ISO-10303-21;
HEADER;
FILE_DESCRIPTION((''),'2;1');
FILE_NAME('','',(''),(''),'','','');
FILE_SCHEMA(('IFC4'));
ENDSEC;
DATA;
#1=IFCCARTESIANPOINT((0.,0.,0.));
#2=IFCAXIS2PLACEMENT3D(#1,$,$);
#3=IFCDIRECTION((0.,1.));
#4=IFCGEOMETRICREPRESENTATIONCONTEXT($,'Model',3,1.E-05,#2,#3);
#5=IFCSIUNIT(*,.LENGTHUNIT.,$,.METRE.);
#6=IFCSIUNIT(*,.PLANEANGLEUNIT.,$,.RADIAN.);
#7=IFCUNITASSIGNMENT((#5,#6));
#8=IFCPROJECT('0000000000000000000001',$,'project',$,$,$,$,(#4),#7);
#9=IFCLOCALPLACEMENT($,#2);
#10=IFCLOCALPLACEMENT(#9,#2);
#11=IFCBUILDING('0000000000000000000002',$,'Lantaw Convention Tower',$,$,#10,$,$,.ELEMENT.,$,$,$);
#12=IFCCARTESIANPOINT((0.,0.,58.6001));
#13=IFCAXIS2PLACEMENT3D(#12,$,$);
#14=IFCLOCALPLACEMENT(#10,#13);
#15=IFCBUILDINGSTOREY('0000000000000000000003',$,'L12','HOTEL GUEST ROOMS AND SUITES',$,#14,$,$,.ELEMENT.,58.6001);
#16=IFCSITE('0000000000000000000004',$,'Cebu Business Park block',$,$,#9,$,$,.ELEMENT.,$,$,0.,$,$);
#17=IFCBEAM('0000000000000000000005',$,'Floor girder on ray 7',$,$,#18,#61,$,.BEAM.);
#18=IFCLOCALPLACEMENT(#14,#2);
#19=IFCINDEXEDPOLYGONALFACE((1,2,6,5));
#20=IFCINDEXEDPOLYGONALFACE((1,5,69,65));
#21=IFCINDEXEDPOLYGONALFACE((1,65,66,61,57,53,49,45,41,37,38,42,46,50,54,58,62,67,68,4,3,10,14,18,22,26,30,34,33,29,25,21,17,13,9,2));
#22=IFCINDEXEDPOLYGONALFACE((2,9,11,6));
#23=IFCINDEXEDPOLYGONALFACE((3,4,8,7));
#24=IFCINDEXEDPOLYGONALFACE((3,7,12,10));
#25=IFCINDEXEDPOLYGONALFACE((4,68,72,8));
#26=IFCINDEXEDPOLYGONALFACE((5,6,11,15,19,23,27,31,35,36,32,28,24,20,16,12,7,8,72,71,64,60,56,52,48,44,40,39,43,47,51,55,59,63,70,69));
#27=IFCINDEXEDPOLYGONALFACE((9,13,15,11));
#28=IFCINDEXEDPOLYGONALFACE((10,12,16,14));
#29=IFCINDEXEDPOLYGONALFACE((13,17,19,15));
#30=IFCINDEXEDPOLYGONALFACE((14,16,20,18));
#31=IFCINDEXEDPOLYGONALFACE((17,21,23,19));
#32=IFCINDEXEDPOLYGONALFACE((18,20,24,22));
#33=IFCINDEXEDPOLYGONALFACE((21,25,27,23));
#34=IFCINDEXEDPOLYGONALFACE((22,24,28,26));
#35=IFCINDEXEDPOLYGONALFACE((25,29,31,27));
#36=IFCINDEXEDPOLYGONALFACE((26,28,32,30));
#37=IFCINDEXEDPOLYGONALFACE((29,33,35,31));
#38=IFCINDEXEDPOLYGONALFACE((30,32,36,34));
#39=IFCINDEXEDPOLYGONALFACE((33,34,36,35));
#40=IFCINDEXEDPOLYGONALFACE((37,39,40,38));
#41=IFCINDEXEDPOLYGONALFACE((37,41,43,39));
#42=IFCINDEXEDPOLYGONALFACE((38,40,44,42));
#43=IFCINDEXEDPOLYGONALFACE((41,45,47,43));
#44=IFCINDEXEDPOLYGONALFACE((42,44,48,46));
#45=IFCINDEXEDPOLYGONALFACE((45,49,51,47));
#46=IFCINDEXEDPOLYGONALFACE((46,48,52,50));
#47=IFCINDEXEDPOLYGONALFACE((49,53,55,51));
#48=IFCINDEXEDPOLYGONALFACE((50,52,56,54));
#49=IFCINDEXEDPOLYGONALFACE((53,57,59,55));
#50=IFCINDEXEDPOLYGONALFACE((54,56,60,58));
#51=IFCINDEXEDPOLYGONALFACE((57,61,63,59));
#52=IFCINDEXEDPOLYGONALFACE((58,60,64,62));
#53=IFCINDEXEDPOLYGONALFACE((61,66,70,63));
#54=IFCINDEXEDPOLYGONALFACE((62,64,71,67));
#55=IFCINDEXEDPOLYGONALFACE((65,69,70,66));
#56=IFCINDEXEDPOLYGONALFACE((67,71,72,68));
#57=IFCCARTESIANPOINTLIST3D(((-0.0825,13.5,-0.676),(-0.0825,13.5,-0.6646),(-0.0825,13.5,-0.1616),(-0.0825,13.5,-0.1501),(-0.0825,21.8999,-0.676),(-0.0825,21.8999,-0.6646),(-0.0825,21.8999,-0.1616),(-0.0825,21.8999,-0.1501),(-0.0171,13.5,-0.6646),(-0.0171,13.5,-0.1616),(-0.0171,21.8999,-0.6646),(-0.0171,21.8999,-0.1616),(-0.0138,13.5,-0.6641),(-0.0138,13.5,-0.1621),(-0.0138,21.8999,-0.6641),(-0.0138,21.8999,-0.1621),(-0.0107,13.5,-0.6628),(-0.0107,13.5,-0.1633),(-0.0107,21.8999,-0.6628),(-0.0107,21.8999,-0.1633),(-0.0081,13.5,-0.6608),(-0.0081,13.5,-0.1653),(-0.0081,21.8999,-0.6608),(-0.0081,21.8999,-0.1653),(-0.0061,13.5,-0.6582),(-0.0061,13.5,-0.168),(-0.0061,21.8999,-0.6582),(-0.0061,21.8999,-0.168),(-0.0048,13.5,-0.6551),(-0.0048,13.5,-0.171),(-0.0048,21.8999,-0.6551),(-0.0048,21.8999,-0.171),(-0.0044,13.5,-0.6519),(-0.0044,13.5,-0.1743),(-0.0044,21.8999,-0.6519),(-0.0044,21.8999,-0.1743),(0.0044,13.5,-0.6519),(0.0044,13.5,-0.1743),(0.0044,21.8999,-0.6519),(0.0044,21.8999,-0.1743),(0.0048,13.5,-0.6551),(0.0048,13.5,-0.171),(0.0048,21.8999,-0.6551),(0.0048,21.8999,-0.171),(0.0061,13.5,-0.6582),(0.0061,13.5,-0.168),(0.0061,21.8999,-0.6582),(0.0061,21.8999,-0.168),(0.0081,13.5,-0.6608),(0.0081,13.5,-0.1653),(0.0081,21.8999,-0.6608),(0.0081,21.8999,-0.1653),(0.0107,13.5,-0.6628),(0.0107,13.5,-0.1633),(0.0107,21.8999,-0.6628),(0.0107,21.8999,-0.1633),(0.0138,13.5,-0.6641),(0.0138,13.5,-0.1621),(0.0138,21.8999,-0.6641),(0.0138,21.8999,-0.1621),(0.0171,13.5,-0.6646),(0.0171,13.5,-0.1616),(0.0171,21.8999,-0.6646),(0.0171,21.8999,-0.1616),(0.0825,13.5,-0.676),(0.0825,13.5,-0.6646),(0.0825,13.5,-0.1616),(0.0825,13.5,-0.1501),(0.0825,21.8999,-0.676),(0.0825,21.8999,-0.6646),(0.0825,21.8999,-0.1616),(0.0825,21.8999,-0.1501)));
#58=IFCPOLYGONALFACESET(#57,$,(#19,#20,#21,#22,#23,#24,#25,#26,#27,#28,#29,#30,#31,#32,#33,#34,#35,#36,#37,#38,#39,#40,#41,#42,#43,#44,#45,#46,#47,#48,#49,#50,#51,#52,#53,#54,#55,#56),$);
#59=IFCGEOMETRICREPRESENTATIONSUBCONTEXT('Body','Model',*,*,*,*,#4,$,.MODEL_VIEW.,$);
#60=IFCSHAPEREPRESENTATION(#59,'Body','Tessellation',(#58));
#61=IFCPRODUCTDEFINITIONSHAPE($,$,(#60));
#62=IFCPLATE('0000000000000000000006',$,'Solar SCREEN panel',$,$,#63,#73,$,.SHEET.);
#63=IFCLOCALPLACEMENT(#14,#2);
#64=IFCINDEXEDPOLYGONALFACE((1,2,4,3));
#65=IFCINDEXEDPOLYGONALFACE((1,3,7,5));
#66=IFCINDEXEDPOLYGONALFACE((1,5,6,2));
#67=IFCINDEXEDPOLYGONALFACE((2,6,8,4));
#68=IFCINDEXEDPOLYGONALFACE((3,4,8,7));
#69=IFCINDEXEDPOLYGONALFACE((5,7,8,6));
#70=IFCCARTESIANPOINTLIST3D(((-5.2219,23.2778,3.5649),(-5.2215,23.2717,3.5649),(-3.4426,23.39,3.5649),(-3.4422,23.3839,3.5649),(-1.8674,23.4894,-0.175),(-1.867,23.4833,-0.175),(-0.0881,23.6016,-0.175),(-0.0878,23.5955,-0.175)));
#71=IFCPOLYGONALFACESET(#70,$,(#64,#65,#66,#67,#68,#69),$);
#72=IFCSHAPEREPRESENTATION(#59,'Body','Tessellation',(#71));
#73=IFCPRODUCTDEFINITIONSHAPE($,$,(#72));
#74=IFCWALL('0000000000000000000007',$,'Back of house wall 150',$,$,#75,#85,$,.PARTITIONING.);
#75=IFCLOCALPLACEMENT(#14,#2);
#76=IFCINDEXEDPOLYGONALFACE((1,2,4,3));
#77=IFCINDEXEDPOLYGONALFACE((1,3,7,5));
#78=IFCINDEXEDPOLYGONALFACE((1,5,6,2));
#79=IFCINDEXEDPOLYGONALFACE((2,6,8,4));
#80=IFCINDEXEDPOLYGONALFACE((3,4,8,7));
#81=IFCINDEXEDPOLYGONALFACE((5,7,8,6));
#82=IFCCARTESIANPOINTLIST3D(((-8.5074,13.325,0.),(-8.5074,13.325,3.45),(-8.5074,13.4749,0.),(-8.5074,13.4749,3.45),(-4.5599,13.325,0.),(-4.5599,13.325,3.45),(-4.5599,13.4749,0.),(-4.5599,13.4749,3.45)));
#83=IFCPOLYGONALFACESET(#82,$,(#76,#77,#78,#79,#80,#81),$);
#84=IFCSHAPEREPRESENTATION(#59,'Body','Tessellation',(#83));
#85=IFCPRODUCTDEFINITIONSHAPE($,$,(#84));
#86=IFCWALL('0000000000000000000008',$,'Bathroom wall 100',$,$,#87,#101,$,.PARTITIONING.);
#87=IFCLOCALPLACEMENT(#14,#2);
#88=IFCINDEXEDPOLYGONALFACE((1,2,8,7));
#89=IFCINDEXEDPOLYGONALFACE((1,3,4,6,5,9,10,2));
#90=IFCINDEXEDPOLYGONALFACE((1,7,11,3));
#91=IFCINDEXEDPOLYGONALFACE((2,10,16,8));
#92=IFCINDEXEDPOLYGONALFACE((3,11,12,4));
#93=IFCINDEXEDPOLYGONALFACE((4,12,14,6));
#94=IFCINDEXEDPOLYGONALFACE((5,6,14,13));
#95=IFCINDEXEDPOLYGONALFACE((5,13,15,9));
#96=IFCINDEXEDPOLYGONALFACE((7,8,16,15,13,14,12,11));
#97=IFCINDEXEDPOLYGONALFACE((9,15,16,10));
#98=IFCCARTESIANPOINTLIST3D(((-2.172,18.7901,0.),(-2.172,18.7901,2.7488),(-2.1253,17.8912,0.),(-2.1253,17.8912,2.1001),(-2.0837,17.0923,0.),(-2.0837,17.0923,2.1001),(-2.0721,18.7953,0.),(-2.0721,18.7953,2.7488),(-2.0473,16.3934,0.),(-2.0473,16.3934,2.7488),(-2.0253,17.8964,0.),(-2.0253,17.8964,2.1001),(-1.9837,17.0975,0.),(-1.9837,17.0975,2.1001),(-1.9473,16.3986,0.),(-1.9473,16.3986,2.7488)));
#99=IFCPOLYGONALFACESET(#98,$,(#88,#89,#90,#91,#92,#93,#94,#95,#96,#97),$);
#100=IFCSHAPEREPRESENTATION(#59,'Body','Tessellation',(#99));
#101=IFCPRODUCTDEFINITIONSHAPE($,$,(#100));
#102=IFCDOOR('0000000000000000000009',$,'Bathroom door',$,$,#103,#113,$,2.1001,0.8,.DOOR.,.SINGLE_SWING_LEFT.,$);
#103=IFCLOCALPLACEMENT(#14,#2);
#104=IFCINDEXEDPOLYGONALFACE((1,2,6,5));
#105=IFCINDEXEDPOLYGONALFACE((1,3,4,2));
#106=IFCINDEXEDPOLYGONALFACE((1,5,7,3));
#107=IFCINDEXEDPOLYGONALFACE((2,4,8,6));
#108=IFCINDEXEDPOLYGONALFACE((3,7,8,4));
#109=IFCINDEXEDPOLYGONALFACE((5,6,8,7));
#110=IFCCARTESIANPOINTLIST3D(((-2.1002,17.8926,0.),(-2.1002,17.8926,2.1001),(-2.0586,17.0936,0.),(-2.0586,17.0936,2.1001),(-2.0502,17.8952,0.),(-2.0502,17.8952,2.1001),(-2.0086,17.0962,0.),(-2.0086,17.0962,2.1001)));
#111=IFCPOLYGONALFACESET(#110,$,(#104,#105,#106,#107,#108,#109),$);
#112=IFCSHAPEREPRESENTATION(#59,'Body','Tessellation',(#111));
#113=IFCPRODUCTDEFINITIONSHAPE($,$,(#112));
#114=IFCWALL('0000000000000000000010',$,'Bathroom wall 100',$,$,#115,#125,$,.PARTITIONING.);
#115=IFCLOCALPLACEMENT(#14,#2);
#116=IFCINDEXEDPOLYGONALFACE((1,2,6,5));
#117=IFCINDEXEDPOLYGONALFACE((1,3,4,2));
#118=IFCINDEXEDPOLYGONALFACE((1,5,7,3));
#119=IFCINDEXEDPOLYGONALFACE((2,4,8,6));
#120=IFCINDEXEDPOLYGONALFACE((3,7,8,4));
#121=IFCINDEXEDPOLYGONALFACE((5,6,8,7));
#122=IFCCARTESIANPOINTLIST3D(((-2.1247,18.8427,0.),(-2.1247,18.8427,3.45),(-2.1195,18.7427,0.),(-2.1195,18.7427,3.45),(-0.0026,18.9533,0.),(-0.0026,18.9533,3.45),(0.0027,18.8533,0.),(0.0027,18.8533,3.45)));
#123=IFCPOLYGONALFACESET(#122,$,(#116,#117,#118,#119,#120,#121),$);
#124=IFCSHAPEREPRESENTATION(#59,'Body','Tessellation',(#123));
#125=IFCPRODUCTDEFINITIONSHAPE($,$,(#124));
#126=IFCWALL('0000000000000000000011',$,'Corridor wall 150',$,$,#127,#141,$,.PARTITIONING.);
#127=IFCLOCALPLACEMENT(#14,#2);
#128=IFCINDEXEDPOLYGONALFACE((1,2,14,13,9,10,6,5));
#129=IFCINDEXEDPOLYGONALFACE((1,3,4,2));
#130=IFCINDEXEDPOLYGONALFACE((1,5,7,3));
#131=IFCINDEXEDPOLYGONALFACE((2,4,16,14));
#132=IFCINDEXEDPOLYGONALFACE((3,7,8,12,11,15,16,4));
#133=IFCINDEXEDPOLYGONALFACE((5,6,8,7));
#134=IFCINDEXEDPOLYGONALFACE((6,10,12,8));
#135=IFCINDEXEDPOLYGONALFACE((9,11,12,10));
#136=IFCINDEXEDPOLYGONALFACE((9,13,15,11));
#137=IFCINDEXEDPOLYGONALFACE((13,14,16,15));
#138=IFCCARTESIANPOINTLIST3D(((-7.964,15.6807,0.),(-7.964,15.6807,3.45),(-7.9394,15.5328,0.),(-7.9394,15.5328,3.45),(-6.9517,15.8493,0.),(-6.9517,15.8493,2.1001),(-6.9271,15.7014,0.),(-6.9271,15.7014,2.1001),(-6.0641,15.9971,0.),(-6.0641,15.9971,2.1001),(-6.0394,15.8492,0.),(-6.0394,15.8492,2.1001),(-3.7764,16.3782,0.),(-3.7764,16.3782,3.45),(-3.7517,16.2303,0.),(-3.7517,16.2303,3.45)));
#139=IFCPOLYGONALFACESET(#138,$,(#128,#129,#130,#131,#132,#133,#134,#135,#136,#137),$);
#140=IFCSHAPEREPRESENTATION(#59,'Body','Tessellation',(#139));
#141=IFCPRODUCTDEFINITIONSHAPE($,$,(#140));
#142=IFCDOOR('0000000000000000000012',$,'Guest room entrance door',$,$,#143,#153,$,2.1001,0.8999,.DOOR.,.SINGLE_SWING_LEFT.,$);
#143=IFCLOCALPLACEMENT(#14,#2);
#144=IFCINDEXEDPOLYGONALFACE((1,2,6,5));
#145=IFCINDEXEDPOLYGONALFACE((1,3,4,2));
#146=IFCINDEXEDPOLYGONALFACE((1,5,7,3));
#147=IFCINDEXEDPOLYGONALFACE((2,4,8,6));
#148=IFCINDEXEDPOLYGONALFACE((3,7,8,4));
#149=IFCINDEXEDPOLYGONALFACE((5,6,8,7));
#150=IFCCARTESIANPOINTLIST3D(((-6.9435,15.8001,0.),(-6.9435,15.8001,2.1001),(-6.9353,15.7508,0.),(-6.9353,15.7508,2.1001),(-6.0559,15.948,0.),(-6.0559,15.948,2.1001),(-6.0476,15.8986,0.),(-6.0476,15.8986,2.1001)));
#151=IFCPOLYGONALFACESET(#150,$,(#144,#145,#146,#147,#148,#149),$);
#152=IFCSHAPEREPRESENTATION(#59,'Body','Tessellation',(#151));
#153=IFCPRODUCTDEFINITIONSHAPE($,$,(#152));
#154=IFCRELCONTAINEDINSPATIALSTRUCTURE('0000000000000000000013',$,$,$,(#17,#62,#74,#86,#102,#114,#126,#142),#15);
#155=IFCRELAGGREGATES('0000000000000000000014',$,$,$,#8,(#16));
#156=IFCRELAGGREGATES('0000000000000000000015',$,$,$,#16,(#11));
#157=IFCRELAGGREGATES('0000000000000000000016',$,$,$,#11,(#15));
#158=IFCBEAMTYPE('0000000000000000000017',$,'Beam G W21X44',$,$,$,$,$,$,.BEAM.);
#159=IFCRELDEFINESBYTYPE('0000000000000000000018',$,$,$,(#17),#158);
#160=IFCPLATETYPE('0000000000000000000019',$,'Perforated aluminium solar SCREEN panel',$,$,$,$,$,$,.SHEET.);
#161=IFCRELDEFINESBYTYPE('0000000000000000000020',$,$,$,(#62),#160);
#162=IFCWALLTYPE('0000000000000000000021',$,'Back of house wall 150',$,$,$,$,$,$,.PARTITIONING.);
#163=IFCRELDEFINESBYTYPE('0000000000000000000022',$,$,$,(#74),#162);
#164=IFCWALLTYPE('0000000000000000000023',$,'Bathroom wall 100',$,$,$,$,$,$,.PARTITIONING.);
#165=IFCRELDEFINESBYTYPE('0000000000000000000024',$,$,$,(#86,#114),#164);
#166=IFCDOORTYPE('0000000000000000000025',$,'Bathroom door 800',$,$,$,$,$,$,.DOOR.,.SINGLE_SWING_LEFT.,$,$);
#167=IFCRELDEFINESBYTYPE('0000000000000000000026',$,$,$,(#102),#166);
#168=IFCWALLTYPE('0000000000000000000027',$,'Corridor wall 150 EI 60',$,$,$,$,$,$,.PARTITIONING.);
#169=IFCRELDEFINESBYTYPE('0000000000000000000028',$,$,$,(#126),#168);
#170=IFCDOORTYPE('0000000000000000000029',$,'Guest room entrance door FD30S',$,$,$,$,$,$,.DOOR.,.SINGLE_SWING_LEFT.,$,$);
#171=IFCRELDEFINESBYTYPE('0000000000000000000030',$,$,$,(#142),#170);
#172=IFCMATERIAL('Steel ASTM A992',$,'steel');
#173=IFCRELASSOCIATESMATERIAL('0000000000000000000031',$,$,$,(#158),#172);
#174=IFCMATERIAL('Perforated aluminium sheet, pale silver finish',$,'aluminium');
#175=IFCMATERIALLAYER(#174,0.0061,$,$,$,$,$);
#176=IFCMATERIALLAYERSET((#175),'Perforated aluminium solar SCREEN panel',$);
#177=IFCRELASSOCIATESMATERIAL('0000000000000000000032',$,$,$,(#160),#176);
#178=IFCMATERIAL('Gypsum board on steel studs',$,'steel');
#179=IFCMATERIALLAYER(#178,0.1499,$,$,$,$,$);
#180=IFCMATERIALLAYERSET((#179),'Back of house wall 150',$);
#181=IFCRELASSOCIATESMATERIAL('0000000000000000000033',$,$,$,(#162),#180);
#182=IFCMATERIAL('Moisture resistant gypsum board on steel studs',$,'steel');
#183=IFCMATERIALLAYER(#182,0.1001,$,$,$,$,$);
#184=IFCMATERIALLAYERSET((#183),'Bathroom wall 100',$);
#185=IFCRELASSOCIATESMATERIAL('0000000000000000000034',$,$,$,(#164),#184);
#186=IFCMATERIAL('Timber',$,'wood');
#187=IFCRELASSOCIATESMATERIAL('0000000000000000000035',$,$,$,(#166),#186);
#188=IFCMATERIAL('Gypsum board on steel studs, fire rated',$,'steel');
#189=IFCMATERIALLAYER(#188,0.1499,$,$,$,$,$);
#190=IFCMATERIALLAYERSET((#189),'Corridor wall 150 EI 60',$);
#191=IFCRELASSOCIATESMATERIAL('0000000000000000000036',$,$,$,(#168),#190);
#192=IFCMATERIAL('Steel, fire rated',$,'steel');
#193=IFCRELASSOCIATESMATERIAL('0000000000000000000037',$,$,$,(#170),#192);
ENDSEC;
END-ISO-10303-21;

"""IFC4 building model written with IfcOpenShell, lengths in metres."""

from ifc_helpers import new_model, si_unit, direction, frame, frame_2d, origin, origin_2d, place, context, subcontext, project, spatial, polyline, rectangle, i_section, outline, extrude, material, layer, layer_set, material_profile, profile_set, type_object, element, fill, save


model = new_model("IFC4")

# Units and contexts
model_context = context("Model", 3, precision=1e-05, world=origin(), true_north=direction((0.0, 1.0)))
body_context = subcontext(model_context, "Body", "Model", "MODEL_VIEW")
ifc_project = project(units=[si_unit("LENGTHUNIT", "METRE"), si_unit("PLANEANGLEUNIT", "RADIAN")], contexts=[model_context])

# Site, building, storey
site_placement = place(None, origin())
site = spatial("IfcSite", under=ifc_project, at=site_placement, Name="Cebu Business Park block", CompositionType="ELEMENT", RefElevation=0.0)
building_placement = place(site_placement, origin())
building = spatial("IfcBuilding", under=site, at=building_placement, Name="Lantaw Convention Tower", CompositionType="ELEMENT")
storey_placement = place(building_placement, frame((0.0, 0.0, 58.6001)))
storey = spatial("IfcBuildingStorey", under=building, at=storey_placement, Name="L12", Description="HOTEL GUEST ROOMS AND SUITES", CompositionType="ELEMENT", Elevation=58.6001)

# Beam
ifc_material_1 = material(Name="Steel ASTM A992", Category="steel")
ifc_material_profile_1 = material_profile(ifc_material_1, i_section(OverallWidth=0.165, OverallDepth=0.5259, WebThickness=0.0088, FlangeThickness=0.0115, FilletRadius=0.0127, at=origin_2d()), Name="W21X44")
ifc_profile_set_1 = profile_set([ifc_material_profile_1], Name="Steel ASTM A992")
beam_type_1 = type_object("IfcBeamType", Name="Beam G W21X44", PredefinedType="BEAM", material=ifc_profile_set_1)
beam_1_placement = place(storey_placement, frame((0.0, 13.5, -0.4131), z_axis=(0.0, 1.0, 0.0), x_axis=(-1.0, 0.0, 0.0)))
element("IfcBeam", 1, at=beam_1_placement, inside=storey, type_object=beam_type_1, Name="Floor girder on ray 7", PredefinedType="BEAM", context=body_context, shape_type="SweptSolid", body=[
    extrude(i_section(OverallWidth=0.165, OverallDepth=0.5259, WebThickness=0.0088, FlangeThickness=0.0115, FilletRadius=0.0127, at=origin_2d()), origin(), (0.0, 0.0, 1.0), 8.3999),
])

# Plate
ifc_material_2 = material(Name="Perforated aluminium sheet, pale silver finish", Category="aluminium")
ifc_layer_1 = layer(ifc_material_2, 0.0061)
ifc_layer_set_1 = layer_set([ifc_layer_1], Name="Perforated aluminium solar SCREEN panel")
plate_type = type_object("IfcPlateType", Name="Perforated aluminium solar SCREEN panel", PredefinedType="SHEET", material=ifc_layer_set_1)
plate_placement = place(storey_placement, frame((-0.0881, 23.6016, -0.175), z_axis=(-0.062924, 0.998018, 0.000014), x_axis=(-0.998018, -0.062924, 0.0)))
element("IfcPlate", 2, at=plate_placement, inside=storey, type_object=plate_type, Name="Solar SCREEN panel", PredefinedType="SHEET", context=body_context, shape_type="SweptSolid", body=[
    extrude(outline(polyline([(0.0, 0.0), (1.7828, 0.0), (5.144, 3.74), (3.3611, 3.74), (0.0, 0.0)])), origin(), (0.0, 0.0, -1.0), 0.0061),
])

# Wall
ifc_material_3 = material(Name="Gypsum board on steel studs", Category="steel")
ifc_layer_2 = layer(ifc_material_3, 0.1499)
ifc_layer_set_2 = layer_set([ifc_layer_2], Name="Back of house wall 150")
wall_type_1 = type_object("IfcWallType", Name="Back of house wall 150", PredefinedType="PARTITIONING", material=ifc_layer_set_2)
wall_1_placement = place(storey_placement, frame((-4.5601, 13.3999, 0.0), z_axis=(0.0, 0.0, 1.0), x_axis=(-1.0, 0.0, 0.0)))
element("IfcWall", 3, at=wall_1_placement, inside=storey, type_object=wall_type_1, Name="Back of house wall 150", PredefinedType="PARTITIONING", context=body_context, shape_type="SweptSolid", body=[
    extrude(rectangle(XDim=3.9475, YDim=0.1499, at=frame_2d((1.9736, 0.0))), origin(), (0.0, 0.0, 1.0), 3.45),
])

# Wall, opening, door
ifc_material_4 = material(Name="Moisture resistant gypsum board on steel studs", Category="steel")
ifc_layer_3 = layer(ifc_material_4, 0.1001)
ifc_layer_set_3 = layer_set([ifc_layer_3], Name="Bathroom wall 100")
wall_type_2 = type_object("IfcWallType", Name="Bathroom wall 100", PredefinedType="PARTITIONING", material=ifc_layer_set_3)
wall_2_placement = place(storey_placement, frame((-1.9973, 16.396, 0.0), z_axis=(0.0, 0.0, 1.0), x_axis=(-0.051982, 0.998648, 0.0)))
wall_2 = element("IfcWall", 4, at=wall_2_placement, inside=storey, type_object=wall_type_2, Name="Bathroom wall 100", PredefinedType="PARTITIONING", context=body_context, shape_type="SweptSolid", body=[
    extrude(rectangle(XDim=2.3999, YDim=0.1001, at=frame_2d((1.2, 0.0))), origin(), (0.0, 0.0, 1.0), 2.7488),
])
opening_1_placement = place(wall_2_placement, frame((0.7, 0.0, 0.0)))
opening_1 = element("IfcOpeningElement", 5, at=opening_1_placement, cuts=wall_2, PredefinedType="OPENING", context=body_context, shape_type="SweptSolid", body=[
    extrude(rectangle(XDim=0.8, YDim=2.1001, at=frame_2d((0.3999, 1.05))), frame((0.0, 0.0601, 0.0), z_axis=(0.0, -1.0, 0.0), x_axis=(1.0, 0.0, 0.0)), (0.0, 0.0, 1.0), 0.1201),
])
ifc_material_5 = material(Name="Timber", Category="wood")
door_type_1 = type_object("IfcDoorType", Name="Bathroom door 800", OperationType="SINGLE_SWING_LEFT", PredefinedType="DOOR", material=ifc_material_5)
door_1_placement = place(opening_1_placement, origin())
door_1 = element("IfcDoor", 6, at=door_1_placement, inside=storey, type_object=door_type_1, Name="Bathroom door", OperationType="SINGLE_SWING_LEFT", OverallHeight=2.1001, OverallWidth=0.8, PredefinedType="DOOR", context=body_context, shape_type="SweptSolid", body=[
    extrude(rectangle(XDim=0.8, YDim=2.1001, at=frame_2d((0.3999, 1.05))), frame((0.0, 0.0249, 0.0), z_axis=(0.0, -1.0, 0.0), x_axis=(1.0, 0.0, 0.0)), (0.0, 0.0, 1.0), 0.05),
])
fill(opening_1, door_1)

# Wall
wall_3_placement = place(storey_placement, frame((-2.1221, 18.7927, 0.0), z_axis=(0.0, 0.0, 1.0), x_axis=(0.998645, 0.052046, 0.0)))
element("IfcWall", 7, at=wall_3_placement, inside=storey, type_object=wall_type_2, Name="Bathroom wall 100", PredefinedType="PARTITIONING", context=body_context, shape_type="SweptSolid", body=[
    extrude(rectangle(XDim=2.125, YDim=0.1001, at=frame_2d((1.0625, 0.0))), origin(), (0.0, 0.0, 1.0), 3.45),
])

# Wall, opening, door
ifc_material_6 = material(Name="Gypsum board on steel studs, fire rated", Category="steel")
ifc_layer_4 = layer(ifc_material_6, 0.1499)
ifc_layer_set_4 = layer_set([ifc_layer_4], Name="Corridor wall 150 EI 60")
wall_type_3 = type_object("IfcWallType", Name="Corridor wall 150 EI 60", PredefinedType="PARTITIONING", material=ifc_layer_set_4)
wall_4_placement = place(storey_placement, frame((-3.7642, 16.3042, 0.0), z_axis=(0.0, 0.0, 1.0), x_axis=(-0.986411, -0.164296, 0.0)))
wall_4 = element("IfcWall", 8, at=wall_4_placement, inside=storey, type_object=wall_type_3, Name="Corridor wall 150", PredefinedType="PARTITIONING", context=body_context, shape_type="SweptSolid", body=[
    extrude(rectangle(XDim=4.2454, YDim=0.1499, at=frame_2d((2.1226, 0.0))), origin(), (0.0, 0.0, 1.0), 3.45),
])
opening_2_placement = place(wall_4_placement, frame((2.3191, 0.0, 0.0)))
opening_2 = element("IfcOpeningElement", 9, at=opening_2_placement, cuts=wall_4, PredefinedType="OPENING", context=body_context, shape_type="SweptSolid", body=[
    extrude(rectangle(XDim=0.8999, YDim=2.1001, at=frame_2d((0.45, 1.05))), frame((0.0, 0.085, 0.0), z_axis=(0.0, -1.0, 0.0), x_axis=(1.0, 0.0, 0.0)), (0.0, 0.0, 1.0), 0.1699),
])
ifc_material_7 = material(Name="Steel, fire rated", Category="steel")
door_type_2 = type_object("IfcDoorType", Name="Guest room entrance door FD30S", OperationType="SINGLE_SWING_LEFT", PredefinedType="DOOR", material=ifc_material_7)
door_2_placement = place(opening_2_placement, origin())
door_2 = element("IfcDoor", 10, at=door_2_placement, inside=storey, type_object=door_type_2, Name="Guest room entrance door", OperationType="SINGLE_SWING_LEFT", OverallHeight=2.1001, OverallWidth=0.8999, PredefinedType="DOOR", context=body_context, shape_type="SweptSolid", body=[
    extrude(rectangle(XDim=0.8999, YDim=2.1001, at=frame_2d((0.45, 1.05))), frame((0.0, 0.0249, 0.0), z_axis=(0.0, -1.0, 0.0), x_axis=(1.0, 0.0, 0.0)), (0.0, 0.0, 1.0), 0.05),
])
fill(opening_2, door_2)

save(model, "model.ifc")
